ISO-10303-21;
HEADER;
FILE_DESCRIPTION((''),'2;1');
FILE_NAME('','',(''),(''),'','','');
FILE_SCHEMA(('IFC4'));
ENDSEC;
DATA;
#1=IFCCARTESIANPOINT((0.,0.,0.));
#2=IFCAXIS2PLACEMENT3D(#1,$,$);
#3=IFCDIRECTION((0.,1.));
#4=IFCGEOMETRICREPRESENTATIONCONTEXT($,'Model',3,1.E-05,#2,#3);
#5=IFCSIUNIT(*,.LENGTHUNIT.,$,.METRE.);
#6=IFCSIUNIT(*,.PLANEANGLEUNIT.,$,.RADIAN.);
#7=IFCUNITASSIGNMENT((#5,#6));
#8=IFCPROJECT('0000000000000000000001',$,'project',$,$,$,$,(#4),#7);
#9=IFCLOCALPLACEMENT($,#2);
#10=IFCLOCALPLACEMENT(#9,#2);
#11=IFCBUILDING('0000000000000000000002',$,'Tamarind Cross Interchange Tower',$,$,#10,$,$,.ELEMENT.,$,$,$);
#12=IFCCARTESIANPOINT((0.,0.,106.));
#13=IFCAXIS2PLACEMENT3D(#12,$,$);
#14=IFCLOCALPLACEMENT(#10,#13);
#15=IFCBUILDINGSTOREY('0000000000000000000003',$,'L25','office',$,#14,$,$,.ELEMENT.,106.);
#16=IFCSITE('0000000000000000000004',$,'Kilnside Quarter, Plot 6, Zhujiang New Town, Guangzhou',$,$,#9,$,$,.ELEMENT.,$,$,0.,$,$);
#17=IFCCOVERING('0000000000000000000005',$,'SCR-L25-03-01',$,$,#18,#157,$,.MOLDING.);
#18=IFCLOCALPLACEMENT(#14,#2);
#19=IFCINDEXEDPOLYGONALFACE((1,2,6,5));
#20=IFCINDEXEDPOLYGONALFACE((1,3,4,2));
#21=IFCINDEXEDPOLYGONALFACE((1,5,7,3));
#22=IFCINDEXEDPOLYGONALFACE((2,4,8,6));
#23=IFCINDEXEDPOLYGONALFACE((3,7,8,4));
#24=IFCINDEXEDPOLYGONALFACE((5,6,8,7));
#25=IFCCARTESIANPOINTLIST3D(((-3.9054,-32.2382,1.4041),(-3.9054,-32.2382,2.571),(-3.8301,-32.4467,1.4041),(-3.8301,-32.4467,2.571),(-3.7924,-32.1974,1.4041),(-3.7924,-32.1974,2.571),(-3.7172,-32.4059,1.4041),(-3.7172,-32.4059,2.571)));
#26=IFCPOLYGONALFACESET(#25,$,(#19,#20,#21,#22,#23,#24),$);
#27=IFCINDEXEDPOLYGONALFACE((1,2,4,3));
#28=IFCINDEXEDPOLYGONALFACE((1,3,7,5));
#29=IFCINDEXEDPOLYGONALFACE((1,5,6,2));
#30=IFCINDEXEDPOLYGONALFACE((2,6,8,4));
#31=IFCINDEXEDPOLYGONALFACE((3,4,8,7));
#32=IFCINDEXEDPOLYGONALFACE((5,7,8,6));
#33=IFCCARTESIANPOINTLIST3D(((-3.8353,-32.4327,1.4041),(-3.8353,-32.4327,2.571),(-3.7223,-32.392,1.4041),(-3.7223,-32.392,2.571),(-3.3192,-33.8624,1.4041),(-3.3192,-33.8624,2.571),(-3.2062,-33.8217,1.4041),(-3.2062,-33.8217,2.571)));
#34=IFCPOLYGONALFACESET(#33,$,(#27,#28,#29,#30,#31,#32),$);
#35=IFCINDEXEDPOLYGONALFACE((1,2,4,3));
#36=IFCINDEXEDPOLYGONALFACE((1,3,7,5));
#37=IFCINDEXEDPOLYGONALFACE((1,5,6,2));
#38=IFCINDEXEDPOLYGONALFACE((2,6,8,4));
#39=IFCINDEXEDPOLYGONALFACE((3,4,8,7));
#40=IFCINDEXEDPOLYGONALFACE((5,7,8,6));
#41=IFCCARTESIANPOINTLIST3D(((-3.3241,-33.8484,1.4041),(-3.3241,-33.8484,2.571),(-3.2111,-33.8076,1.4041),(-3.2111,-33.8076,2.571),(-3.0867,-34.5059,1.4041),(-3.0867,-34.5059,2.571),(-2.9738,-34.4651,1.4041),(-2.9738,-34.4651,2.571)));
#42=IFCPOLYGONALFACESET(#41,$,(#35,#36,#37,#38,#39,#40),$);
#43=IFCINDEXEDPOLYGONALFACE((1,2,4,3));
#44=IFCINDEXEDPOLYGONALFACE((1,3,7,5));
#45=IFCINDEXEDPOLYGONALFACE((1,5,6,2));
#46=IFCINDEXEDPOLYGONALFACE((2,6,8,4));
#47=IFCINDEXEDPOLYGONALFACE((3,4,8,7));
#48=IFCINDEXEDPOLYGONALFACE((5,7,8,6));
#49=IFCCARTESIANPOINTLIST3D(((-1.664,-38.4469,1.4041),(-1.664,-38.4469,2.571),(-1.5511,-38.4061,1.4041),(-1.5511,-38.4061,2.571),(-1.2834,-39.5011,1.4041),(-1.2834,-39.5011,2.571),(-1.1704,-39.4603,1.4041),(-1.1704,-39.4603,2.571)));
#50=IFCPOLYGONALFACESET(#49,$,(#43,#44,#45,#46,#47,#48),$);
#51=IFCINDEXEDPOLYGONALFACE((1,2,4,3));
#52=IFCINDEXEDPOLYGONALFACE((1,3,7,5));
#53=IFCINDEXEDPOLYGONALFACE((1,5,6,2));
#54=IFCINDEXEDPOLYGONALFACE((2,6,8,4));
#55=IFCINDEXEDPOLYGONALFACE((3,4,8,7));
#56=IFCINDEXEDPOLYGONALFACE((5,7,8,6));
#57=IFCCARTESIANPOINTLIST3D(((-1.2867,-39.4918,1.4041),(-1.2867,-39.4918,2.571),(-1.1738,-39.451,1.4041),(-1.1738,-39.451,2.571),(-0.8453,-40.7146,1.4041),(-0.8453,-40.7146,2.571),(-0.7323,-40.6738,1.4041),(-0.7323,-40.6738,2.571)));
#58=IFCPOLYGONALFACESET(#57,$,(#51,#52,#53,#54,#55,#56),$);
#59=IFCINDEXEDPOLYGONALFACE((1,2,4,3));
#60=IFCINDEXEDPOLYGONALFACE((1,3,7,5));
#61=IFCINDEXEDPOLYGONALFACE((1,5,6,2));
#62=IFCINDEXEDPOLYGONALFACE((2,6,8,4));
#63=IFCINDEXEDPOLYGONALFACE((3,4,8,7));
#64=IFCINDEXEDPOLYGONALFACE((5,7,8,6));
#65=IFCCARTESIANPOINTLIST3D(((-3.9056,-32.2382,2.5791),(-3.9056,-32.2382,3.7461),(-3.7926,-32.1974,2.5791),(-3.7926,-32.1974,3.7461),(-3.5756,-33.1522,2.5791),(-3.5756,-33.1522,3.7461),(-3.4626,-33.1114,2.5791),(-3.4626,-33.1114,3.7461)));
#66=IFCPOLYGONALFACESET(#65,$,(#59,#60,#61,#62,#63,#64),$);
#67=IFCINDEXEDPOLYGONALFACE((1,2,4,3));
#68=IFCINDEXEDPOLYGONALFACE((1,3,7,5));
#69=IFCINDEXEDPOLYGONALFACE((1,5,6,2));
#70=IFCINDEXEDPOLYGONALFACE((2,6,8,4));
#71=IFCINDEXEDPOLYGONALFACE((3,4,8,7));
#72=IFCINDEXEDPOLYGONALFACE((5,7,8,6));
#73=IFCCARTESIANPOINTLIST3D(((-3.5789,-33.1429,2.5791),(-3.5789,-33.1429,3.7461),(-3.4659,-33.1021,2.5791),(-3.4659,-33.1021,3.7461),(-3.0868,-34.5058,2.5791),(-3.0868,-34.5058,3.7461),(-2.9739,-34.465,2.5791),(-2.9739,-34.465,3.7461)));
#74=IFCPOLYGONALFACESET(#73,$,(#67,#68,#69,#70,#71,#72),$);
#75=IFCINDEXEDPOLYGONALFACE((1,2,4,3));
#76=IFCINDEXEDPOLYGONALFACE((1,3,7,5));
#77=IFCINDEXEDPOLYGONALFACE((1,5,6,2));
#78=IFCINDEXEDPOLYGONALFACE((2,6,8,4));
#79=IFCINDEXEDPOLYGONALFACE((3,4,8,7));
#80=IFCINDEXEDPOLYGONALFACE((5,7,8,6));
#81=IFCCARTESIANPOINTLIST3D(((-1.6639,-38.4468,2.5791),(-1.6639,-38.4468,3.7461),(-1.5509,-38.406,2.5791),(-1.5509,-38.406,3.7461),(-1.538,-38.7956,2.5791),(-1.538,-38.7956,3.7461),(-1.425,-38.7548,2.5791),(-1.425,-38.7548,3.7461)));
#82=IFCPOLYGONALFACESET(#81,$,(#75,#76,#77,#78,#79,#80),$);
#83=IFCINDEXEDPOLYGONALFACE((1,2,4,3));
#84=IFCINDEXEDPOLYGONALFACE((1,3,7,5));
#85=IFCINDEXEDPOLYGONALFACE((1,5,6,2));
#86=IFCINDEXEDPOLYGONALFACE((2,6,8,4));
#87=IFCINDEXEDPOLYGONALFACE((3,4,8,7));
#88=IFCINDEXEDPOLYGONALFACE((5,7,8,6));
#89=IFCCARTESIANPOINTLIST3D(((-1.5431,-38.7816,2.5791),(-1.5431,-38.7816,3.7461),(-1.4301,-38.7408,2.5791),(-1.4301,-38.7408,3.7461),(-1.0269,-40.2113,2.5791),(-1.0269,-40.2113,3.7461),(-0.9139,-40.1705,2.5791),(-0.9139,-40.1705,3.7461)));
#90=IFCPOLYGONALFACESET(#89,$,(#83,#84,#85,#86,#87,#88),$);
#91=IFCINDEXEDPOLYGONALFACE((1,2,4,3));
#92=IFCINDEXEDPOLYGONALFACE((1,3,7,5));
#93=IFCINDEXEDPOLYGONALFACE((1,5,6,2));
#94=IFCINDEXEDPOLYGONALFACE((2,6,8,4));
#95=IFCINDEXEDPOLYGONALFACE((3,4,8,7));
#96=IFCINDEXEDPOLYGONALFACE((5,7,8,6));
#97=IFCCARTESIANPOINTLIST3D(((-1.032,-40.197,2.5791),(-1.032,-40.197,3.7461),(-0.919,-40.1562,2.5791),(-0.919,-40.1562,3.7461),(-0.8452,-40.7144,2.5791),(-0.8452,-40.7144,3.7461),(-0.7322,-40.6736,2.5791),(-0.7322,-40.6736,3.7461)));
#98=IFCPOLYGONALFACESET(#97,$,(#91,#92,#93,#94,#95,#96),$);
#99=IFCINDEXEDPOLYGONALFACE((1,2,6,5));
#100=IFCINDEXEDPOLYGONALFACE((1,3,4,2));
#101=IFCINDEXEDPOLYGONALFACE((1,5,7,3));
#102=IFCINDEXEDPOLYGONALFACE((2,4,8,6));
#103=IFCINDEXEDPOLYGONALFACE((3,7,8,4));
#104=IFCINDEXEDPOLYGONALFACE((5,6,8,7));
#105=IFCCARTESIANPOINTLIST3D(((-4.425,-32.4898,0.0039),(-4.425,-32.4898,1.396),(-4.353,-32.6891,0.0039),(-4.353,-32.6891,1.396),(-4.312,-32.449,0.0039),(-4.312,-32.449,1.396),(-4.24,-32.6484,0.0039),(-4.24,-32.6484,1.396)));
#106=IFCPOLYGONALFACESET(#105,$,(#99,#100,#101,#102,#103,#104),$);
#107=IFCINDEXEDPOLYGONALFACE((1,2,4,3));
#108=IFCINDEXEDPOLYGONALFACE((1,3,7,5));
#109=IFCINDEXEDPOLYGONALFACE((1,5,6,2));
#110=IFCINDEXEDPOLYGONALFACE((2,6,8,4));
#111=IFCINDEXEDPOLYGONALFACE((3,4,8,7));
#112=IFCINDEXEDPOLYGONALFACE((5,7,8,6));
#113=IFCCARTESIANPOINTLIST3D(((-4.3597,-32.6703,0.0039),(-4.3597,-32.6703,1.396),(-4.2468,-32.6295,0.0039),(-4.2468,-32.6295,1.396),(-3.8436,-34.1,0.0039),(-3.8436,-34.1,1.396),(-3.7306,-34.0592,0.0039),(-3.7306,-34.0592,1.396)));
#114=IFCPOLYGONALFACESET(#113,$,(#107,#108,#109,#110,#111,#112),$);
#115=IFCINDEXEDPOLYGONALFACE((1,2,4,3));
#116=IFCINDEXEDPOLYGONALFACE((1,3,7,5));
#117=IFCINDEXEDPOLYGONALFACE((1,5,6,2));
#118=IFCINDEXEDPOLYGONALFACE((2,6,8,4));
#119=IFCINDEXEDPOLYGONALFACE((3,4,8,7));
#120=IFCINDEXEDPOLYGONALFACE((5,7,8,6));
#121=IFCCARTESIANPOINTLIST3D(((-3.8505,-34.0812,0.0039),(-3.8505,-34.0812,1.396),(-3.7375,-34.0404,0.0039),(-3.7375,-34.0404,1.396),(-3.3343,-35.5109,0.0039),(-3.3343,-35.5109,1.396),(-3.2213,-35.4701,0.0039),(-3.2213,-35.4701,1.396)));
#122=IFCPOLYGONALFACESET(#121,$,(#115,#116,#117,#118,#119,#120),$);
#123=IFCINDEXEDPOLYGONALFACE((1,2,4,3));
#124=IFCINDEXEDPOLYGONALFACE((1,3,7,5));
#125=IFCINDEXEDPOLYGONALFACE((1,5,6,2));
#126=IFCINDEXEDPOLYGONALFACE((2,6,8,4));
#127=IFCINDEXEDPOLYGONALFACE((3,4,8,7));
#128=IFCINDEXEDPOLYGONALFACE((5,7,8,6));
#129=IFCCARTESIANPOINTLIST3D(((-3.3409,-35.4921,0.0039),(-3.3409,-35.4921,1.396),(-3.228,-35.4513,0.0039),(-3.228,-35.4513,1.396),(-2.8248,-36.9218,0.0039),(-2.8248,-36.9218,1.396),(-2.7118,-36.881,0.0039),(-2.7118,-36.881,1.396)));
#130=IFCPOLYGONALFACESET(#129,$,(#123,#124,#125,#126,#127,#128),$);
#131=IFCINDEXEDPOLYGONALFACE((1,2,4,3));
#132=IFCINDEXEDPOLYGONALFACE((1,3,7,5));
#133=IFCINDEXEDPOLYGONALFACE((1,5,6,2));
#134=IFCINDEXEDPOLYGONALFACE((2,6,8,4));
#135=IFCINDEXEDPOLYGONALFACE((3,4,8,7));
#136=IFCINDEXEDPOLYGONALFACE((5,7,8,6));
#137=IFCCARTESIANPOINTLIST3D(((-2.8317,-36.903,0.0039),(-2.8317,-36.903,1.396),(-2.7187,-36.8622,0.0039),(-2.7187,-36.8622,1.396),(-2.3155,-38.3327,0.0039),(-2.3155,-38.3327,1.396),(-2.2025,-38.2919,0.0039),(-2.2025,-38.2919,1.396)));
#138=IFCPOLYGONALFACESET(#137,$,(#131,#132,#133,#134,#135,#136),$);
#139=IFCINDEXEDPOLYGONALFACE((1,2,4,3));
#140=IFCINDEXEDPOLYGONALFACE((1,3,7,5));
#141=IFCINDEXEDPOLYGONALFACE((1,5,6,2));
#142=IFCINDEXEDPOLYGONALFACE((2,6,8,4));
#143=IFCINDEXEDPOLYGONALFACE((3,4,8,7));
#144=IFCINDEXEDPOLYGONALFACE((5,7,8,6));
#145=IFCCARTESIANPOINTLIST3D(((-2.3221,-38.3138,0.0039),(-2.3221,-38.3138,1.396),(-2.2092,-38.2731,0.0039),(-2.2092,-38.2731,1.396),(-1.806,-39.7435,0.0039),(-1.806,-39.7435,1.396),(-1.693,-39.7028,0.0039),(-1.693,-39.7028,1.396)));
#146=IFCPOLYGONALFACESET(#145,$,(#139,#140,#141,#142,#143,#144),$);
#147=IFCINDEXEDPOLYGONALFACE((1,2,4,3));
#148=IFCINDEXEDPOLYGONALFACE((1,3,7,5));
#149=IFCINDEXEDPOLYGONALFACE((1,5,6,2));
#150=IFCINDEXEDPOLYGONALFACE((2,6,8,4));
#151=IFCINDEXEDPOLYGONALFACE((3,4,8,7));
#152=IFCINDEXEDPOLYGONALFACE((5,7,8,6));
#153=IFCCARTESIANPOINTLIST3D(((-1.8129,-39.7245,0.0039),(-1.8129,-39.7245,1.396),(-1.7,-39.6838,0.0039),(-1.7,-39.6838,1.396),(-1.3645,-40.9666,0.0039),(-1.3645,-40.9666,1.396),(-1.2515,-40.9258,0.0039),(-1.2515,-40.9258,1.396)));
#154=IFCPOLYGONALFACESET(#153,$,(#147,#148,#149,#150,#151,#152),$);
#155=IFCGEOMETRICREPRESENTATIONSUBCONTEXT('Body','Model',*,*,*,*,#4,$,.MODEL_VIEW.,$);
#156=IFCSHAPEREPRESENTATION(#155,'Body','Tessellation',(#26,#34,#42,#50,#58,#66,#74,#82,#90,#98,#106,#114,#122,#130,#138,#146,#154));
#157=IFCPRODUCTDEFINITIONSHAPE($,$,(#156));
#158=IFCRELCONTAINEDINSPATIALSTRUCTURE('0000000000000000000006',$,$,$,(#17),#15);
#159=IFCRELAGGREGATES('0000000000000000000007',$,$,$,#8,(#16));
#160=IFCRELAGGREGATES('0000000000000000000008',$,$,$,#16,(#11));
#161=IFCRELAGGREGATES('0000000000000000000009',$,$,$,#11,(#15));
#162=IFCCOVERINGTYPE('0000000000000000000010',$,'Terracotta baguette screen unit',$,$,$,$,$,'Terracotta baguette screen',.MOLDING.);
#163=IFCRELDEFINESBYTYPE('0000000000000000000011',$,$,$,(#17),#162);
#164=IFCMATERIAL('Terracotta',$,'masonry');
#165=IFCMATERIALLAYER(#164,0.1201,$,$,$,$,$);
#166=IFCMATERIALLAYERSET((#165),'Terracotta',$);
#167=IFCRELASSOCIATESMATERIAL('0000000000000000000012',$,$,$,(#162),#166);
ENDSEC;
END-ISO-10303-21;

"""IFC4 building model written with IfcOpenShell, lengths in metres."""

from ifc_helpers import new_model, si_unit, direction, frame, origin, origin_2d, place, context, subcontext, project, spatial, rectangle, extrude, material, layer, layer_set, type_object, element, save


model = new_model("IFC4")

# Units and contexts
model_context = context("Model", 3, precision=1e-05, world=origin(), true_north=direction((0.0, 1.0)))
body_context = subcontext(model_context, "Body", "Model", "MODEL_VIEW")
ifc_project = project(units=[si_unit("LENGTHUNIT", "METRE"), si_unit("PLANEANGLEUNIT", "RADIAN")], contexts=[model_context])

# Site, building, storey
site_placement = place(None, origin())
site = spatial("IfcSite", under=ifc_project, at=site_placement, Name="Kilnside Quarter, Plot 6, Zhujiang New Town, Guangzhou", CompositionType="ELEMENT", RefElevation=0.0)
building_placement = place(site_placement, origin())
building = spatial("IfcBuilding", under=site, at=building_placement, Name="Tamarind Cross Interchange Tower", CompositionType="ELEMENT")
storey_placement = place(building_placement, frame((0.0, 0.0, 106.0)))
storey = spatial("IfcBuildingStorey", under=building, at=storey_placement, Name="L25", Description="office", CompositionType="ELEMENT", Elevation=106.0)

# Covering
ifc_material_1 = material(Name="Terracotta", Category="masonry")
ifc_layer_1 = layer(ifc_material_1, 0.1201)
ifc_layer_set_1 = layer_set([ifc_layer_1], Name="Terracotta")
covering_type = type_object("IfcCoveringType", Name="Terracotta baguette screen unit", ElementType="Terracotta baguette screen", PredefinedType="MOLDING", material=ifc_layer_set_1)
covering_1_placement = place(storey_placement, origin())
element("IfcCovering", 1, at=covering_1_placement, inside=storey, type_object=covering_type, Name="SCR-L25-03-01", PredefinedType="MOLDING", context=body_context, shape_type="SweptSolid", body=[
    extrude(rectangle(XDim=0.2217, YDim=0.1201, at=origin_2d()), frame((-3.8113, -32.322, 1.4041), z_axis=(0.0, 0.0, 1.0), x_axis=(0.339579, -0.940578, 0.0)), (0.0, 0.0, 1.0), 1.167),
    extrude(rectangle(XDim=1.52, YDim=0.1201, at=origin_2d()), frame((-3.5208, -33.1272, 1.4041), z_axis=(0.0, 0.0, 1.0), x_axis=(0.339579, -0.940578, 0.0)), (0.0, 0.0, 1.0), 1.167),
    extrude(rectangle(XDim=0.699, YDim=0.1201, at=origin_2d()), frame((-3.1489, -34.1567, 1.4041), z_axis=(0.0, 0.0, 1.0), x_axis=(0.339579, -0.940578, 0.0)), (0.0, 0.0, 1.0), 1.167),
    extrude(rectangle(XDim=1.1208, YDim=0.1201, at=origin_2d()), frame((-1.4172, -38.9536, 1.4041), z_axis=(0.0, 0.0, 1.0), x_axis=(0.339579, -0.940578, 0.0)), (0.0, 0.0, 1.0), 1.167),
    extrude(rectangle(XDim=1.3, YDim=0.1201, at=origin_2d()), frame((-1.0095, -40.0828, 1.4041), z_axis=(0.0, 0.0, 1.0), x_axis=(0.339579, -0.940578, 0.0)), (0.0, 0.0, 1.0), 1.167),
    extrude(rectangle(XDim=0.9717, YDim=0.1201, at=origin_2d()), frame((-3.6841, -32.6748, 2.5791), z_axis=(0.0, 0.0, 1.0), x_axis=(0.339579, -0.940578, 0.0)), (0.0, 0.0, 1.0), 1.167),
    extrude(rectangle(XDim=1.449, YDim=0.1201, at=origin_2d()), frame((-3.2764, -33.804, 2.5791), z_axis=(0.0, 0.0, 1.0), x_axis=(0.339579, -0.940578, 0.0)), (0.0, 0.0, 1.0), 1.167),
    extrude(rectangle(XDim=0.3708, YDim=0.1201, at=origin_2d()), frame((-1.5444, -38.6008, 2.5791), z_axis=(0.0, 0.0, 1.0), x_axis=(0.339579, -0.940578, 0.0)), (0.0, 0.0, 1.0), 1.167),
    extrude(rectangle(XDim=1.52, YDim=0.1201, at=origin_2d()), frame((-1.2285, -39.4761, 2.5791), z_axis=(0.0, 0.0, 1.0), x_axis=(0.339579, -0.940578, 0.0)), (0.0, 0.0, 1.0), 1.167),
    extrude(rectangle(XDim=0.55, YDim=0.1201, at=origin_2d()), frame((-0.8821, -40.4353, 2.5791), z_axis=(0.0, 0.0, 1.0), x_axis=(0.339579, -0.940578, 0.0)), (0.0, 0.0, 1.0), 1.167),
    extrude(rectangle(XDim=0.2119, YDim=0.1201, at=origin_2d()), frame((-4.3325, -32.5691, 0.0039), z_axis=(0.0, 0.0, 1.0), x_axis=(0.339579, -0.940578, 0.0)), (0.0, 0.0, 1.0), 1.3921),
    extrude(rectangle(XDim=1.52, YDim=0.1201, at=origin_2d()), frame((-4.0452, -33.3647, 0.0039), z_axis=(0.0, 0.0, 1.0), x_axis=(0.339579, -0.940578, 0.0)), (0.0, 0.0, 1.0), 1.3921),
    extrude(rectangle(XDim=1.52, YDim=0.1201, at=origin_2d()), frame((-3.5359, -34.7756, 0.0039), z_axis=(0.0, 0.0, 1.0), x_axis=(0.339579, -0.940578, 0.0)), (0.0, 0.0, 1.0), 1.3921),
    extrude(rectangle(XDim=1.52, YDim=0.1201, at=origin_2d()), frame((-3.0264, -36.1865, 0.0039), z_axis=(0.0, 0.0, 1.0), x_axis=(0.339579, -0.940578, 0.0)), (0.0, 0.0, 1.0), 1.3921),
    extrude(rectangle(XDim=1.52, YDim=0.1201, at=origin_2d()), frame((-2.5171, -37.5974, 0.0039), z_axis=(0.0, 0.0, 1.0), x_axis=(0.339579, -0.940578, 0.0)), (0.0, 0.0, 1.0), 1.3921),
    extrude(rectangle(XDim=1.52, YDim=0.1201, at=origin_2d()), frame((-2.0076, -39.0083, 0.0039), z_axis=(0.0, 0.0, 1.0), x_axis=(0.339579, -0.940578, 0.0)), (0.0, 0.0, 1.0), 1.3921),
    extrude(rectangle(XDim=1.3206, YDim=0.1201, at=origin_2d()), frame((-1.5322, -40.3252, 0.0039), z_axis=(0.0, 0.0, 1.0), x_axis=(0.339579, -0.940578, 0.0)), (0.0, 0.0, 1.0), 1.3921),
])

save(model, "model.ifc")
